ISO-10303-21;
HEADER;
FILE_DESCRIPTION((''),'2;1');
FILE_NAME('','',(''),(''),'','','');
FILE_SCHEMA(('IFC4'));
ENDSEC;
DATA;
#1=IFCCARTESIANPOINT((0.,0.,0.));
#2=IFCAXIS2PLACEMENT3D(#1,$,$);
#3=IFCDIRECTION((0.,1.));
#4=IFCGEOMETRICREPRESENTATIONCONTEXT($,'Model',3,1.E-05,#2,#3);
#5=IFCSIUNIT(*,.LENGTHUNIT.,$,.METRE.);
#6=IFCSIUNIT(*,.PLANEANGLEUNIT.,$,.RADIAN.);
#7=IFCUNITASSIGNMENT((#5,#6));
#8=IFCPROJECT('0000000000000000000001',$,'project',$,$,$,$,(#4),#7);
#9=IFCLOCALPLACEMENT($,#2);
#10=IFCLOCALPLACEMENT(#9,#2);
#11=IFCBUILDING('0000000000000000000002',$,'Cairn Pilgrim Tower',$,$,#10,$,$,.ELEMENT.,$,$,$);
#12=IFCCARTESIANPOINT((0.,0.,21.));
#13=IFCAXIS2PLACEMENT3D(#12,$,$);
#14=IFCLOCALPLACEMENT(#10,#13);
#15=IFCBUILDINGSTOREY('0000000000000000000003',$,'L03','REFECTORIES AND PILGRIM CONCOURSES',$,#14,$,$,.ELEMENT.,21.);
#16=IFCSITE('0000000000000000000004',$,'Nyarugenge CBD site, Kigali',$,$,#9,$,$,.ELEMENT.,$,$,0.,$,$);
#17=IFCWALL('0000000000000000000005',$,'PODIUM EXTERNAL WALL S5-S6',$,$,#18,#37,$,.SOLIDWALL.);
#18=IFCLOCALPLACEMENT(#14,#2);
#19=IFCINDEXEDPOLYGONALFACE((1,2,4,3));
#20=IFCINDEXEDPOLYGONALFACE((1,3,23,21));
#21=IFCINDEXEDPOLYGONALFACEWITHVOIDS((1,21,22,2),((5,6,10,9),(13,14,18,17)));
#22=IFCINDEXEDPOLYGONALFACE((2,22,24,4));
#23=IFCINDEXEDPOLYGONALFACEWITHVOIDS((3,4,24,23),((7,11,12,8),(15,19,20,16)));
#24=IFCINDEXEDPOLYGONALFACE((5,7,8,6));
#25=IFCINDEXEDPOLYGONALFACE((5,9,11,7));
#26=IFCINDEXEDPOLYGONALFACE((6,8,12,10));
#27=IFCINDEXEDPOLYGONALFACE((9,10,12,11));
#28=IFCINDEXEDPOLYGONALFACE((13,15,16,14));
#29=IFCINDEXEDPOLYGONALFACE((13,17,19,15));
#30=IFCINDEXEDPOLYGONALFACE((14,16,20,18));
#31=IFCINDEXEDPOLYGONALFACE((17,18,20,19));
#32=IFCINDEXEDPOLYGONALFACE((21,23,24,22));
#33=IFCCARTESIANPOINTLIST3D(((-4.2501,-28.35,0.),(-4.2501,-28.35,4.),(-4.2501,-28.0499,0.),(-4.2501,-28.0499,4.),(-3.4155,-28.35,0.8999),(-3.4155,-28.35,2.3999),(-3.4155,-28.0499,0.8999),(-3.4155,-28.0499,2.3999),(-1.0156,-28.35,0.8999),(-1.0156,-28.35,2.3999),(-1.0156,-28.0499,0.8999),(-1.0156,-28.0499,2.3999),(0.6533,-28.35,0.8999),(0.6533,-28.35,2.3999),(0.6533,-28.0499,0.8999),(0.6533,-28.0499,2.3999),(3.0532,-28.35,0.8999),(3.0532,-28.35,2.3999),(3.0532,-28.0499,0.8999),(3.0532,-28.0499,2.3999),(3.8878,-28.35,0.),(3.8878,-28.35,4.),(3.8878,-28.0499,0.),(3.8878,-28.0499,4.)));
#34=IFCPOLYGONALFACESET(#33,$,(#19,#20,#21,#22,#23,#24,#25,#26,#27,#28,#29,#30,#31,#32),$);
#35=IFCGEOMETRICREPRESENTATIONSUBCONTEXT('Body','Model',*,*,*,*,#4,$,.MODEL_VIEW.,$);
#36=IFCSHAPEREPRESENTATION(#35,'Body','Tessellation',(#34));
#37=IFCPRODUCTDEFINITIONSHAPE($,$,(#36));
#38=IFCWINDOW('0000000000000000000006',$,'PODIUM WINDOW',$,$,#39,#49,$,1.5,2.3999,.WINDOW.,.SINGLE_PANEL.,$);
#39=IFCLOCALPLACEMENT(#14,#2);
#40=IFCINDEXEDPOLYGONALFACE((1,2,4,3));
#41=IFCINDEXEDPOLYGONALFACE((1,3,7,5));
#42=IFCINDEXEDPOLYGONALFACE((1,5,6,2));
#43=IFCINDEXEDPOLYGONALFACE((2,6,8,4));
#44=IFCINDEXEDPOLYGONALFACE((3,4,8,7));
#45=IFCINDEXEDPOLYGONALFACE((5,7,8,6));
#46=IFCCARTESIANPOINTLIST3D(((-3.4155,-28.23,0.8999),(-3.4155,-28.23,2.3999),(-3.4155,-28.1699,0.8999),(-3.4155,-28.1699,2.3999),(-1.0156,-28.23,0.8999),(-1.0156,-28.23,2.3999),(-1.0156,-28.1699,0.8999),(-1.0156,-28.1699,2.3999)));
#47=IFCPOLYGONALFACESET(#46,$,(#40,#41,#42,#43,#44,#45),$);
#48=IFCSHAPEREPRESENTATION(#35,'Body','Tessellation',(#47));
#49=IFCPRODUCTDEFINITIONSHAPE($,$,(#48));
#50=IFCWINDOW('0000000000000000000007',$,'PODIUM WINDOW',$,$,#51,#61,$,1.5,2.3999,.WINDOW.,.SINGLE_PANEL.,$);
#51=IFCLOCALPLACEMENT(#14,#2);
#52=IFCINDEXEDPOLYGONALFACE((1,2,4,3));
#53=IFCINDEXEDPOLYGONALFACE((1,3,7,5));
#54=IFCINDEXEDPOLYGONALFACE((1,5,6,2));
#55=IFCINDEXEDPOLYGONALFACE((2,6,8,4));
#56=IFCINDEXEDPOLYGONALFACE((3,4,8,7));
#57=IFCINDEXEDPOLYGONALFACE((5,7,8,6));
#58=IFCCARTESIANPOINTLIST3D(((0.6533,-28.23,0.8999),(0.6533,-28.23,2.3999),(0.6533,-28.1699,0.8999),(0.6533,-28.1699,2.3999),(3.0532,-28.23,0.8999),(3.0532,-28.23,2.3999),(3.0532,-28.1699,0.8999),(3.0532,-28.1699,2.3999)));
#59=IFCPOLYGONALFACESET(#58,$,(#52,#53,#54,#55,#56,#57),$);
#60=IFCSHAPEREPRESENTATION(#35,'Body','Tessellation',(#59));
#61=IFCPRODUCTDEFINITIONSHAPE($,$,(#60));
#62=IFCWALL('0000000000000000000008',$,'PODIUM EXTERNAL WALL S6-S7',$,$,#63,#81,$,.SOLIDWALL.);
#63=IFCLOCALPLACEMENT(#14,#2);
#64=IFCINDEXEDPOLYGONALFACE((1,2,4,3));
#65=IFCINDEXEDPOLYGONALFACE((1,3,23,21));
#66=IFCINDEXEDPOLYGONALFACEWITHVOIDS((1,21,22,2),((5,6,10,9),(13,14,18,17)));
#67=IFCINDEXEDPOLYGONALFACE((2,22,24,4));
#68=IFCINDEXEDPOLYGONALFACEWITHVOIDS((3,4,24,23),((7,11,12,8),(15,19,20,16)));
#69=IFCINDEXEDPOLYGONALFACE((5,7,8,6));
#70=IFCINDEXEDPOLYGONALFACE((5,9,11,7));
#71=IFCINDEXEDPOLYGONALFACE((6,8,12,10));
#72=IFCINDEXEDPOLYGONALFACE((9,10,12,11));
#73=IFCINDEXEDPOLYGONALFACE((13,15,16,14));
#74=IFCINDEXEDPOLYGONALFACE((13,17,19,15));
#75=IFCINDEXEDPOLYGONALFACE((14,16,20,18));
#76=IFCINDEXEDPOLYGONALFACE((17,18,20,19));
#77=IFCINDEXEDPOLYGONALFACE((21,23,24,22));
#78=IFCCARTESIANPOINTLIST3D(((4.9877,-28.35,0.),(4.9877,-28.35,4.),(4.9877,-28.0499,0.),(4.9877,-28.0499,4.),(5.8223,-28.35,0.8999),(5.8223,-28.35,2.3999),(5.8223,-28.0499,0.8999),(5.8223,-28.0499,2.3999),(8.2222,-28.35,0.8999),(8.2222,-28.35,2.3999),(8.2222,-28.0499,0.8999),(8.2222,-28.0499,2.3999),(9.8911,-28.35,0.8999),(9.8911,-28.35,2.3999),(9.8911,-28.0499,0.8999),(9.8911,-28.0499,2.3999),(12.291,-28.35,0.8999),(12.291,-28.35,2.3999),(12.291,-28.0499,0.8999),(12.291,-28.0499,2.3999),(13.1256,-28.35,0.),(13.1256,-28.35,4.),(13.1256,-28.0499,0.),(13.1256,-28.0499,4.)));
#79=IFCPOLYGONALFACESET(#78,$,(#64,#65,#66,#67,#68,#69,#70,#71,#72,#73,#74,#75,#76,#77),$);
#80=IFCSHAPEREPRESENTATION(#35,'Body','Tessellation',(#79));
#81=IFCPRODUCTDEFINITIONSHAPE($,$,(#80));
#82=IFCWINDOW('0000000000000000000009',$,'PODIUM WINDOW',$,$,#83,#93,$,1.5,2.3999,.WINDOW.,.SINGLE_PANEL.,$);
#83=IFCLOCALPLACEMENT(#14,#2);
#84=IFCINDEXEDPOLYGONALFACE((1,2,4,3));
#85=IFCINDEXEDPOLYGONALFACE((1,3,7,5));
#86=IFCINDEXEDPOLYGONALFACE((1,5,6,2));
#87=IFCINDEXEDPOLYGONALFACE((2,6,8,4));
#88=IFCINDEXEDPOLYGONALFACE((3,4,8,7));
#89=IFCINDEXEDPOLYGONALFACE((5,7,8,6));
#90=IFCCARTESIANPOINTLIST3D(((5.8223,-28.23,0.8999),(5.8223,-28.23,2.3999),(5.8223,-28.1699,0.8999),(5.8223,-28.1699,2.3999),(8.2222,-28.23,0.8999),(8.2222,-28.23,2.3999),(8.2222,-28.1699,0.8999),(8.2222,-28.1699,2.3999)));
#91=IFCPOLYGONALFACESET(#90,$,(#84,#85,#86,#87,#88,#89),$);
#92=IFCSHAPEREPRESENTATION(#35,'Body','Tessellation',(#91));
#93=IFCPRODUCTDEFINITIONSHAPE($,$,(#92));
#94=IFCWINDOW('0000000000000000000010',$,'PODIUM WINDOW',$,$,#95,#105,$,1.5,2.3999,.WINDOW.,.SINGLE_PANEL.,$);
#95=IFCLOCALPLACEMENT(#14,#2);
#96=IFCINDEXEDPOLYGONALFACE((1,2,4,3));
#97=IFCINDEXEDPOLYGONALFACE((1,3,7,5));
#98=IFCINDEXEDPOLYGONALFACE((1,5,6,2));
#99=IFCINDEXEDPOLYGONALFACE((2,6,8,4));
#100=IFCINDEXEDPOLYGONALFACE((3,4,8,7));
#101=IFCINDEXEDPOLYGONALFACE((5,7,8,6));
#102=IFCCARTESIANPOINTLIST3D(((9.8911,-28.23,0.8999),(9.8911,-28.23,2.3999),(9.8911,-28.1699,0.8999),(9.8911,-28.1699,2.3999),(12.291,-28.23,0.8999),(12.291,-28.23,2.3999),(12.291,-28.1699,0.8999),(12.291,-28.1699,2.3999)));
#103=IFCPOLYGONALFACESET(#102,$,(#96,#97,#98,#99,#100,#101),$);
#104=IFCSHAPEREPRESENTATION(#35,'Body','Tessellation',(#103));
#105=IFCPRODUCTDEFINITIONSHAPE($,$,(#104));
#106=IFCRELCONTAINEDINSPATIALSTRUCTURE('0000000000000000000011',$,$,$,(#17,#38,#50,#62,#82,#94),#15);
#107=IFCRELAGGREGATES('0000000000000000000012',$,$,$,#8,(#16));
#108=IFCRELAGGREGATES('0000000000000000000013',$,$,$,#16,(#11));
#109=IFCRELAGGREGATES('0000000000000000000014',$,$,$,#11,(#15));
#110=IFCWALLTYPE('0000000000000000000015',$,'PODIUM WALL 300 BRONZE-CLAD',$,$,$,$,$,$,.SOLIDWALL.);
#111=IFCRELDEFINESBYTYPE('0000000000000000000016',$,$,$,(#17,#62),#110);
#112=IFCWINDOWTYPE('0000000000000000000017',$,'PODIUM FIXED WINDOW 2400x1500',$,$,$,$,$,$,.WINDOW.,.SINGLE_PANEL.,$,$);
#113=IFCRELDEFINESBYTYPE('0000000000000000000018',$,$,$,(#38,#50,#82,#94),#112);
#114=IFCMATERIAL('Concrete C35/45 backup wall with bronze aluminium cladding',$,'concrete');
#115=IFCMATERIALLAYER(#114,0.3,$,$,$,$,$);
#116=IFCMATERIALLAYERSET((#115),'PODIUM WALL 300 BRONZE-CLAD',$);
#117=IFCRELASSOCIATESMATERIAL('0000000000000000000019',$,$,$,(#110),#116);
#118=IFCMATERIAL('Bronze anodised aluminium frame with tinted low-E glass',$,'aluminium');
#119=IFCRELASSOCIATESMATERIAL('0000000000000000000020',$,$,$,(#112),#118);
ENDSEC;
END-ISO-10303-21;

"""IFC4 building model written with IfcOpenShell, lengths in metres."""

from ifc_helpers import new_model, si_unit, direction, frame, frame_2d, origin, place, context, subcontext, project, spatial, rectangle, extrude, material, layer, layer_set, type_object, element, fill, save


model = new_model("IFC4")

# Units and contexts
model_context = context("Model", 3, precision=1e-05, world=origin(), true_north=direction((0.0, 1.0)))
body_context = subcontext(model_context, "Body", "Model", "MODEL_VIEW")
ifc_project = project(units=[si_unit("LENGTHUNIT", "METRE"), si_unit("PLANEANGLEUNIT", "RADIAN")], contexts=[model_context])

# Site, building, storey
site_placement = place(None, origin())
site = spatial("IfcSite", under=ifc_project, at=site_placement, Name="Nyarugenge CBD site, Kigali", CompositionType="ELEMENT", RefElevation=0.0)
building_placement = place(site_placement, origin())
building = spatial("IfcBuilding", under=site, at=building_placement, Name="Cairn Pilgrim Tower", CompositionType="ELEMENT")
storey_placement = place(building_placement, frame((0.0, 0.0, 21.0)))
storey = spatial("IfcBuildingStorey", under=building, at=storey_placement, Name="L03", Description="REFECTORIES AND PILGRIM CONCOURSES", CompositionType="ELEMENT", Elevation=21.0)

# Walls, openings, windows
ifc_material_1 = material(Name="Concrete C35/45 backup wall with bronze aluminium cladding", Category="concrete")
ifc_layer_1 = layer(ifc_material_1, 0.3)
ifc_layer_set_1 = layer_set([ifc_layer_1], Name="PODIUM WALL 300 BRONZE-CLAD")
wall_type_1 = type_object("IfcWallType", Name="PODIUM WALL 300 BRONZE-CLAD", PredefinedType="SOLIDWALL", material=ifc_layer_set_1)
wall_1_placement = place(storey_placement, frame((-4.25, -28.2, 0.0), z_axis=(0.0, 0.0, 1.0), x_axis=(1.0, 0.0, 0.0)))
wall_1 = element("IfcWall", 1, at=wall_1_placement, inside=storey, type_object=wall_type_1, Name="PODIUM EXTERNAL WALL S5-S6", PredefinedType="SOLIDWALL", context=body_context, shape_type="SweptSolid", body=[
    extrude(rectangle(XDim=8.1379, YDim=0.3, at=frame_2d((4.0688, 0.0))), origin(), (0.0, 0.0, 1.0), 4.0),
])
opening_1_placement = place(wall_1_placement, frame((0.8345, 0.0, 0.8999)))
opening_1 = element("IfcOpeningElement", 2, at=opening_1_placement, cuts=wall_1, PredefinedType="OPENING", context=body_context, shape_type="SweptSolid", body=[
    extrude(rectangle(XDim=2.3999, YDim=1.5, at=frame_2d((1.2, 0.75))), frame((0.0, 0.1602, 0.0), z_axis=(0.0, -1.0, 0.0), x_axis=(1.0, 0.0, 0.0)), (0.0, 0.0, 1.0), 0.3201),
])
opening_2_placement = place(wall_1_placement, frame((4.9033, 0.0, 0.8999)))
opening_2 = element("IfcOpeningElement", 3, at=opening_2_placement, cuts=wall_1, PredefinedType="OPENING", context=body_context, shape_type="SweptSolid", body=[
    extrude(rectangle(XDim=2.3999, YDim=1.5, at=frame_2d((1.2, 0.75))), frame((0.0, 0.1602, 0.0), z_axis=(0.0, -1.0, 0.0), x_axis=(1.0, 0.0, 0.0)), (0.0, 0.0, 1.0), 0.3201),
])
ifc_material_2 = material(Name="Bronze anodised aluminium frame with tinted low-E glass", Category="aluminium")
window_type = type_object("IfcWindowType", Name="PODIUM FIXED WINDOW 2400x1500", PartitioningType="SINGLE_PANEL", PredefinedType="WINDOW", material=ifc_material_2)
window_1_placement = place(opening_1_placement, origin())
window_1 = element("IfcWindow", 4, at=window_1_placement, inside=storey, type_object=window_type, Name="PODIUM WINDOW", OverallHeight=1.5, OverallWidth=2.3999, PartitioningType="SINGLE_PANEL", PredefinedType="WINDOW", context=body_context, shape_type="SweptSolid", body=[
    extrude(rectangle(XDim=2.3999, YDim=1.5, at=frame_2d((1.2, 0.75))), frame((0.0, 0.03, 0.0), z_axis=(0.0, -1.0, 0.0), x_axis=(1.0, 0.0, 0.0)), (0.0, 0.0, 1.0), 0.0601),
])
fill(opening_1, window_1)
window_2_placement = place(opening_2_placement, origin())
window_2 = element("IfcWindow", 5, at=window_2_placement, inside=storey, type_object=window_type, Name="PODIUM WINDOW", OverallHeight=1.5, OverallWidth=2.3999, PartitioningType="SINGLE_PANEL", PredefinedType="WINDOW", context=body_context, shape_type="SweptSolid", body=[
    extrude(rectangle(XDim=2.3999, YDim=1.5, at=frame_2d((1.2, 0.75))), frame((0.0, 0.03, 0.0), z_axis=(0.0, -1.0, 0.0), x_axis=(1.0, 0.0, 0.0)), (0.0, 0.0, 1.0), 0.0601),
])
fill(opening_2, window_2)
wall_2_placement = place(storey_placement, frame((4.9878, -28.2, 0.0), z_axis=(0.0, 0.0, 1.0), x_axis=(1.0, 0.0, 0.0)))
wall_2 = element("IfcWall", 6, at=wall_2_placement, inside=storey, type_object=wall_type_1, Name="PODIUM EXTERNAL WALL S6-S7", PredefinedType="SOLIDWALL", context=body_context, shape_type="SweptSolid", body=[
    extrude(rectangle(XDim=8.1379, YDim=0.3, at=frame_2d((4.0688, 0.0))), origin(), (0.0, 0.0, 1.0), 4.0),
])
opening_3_placement = place(wall_2_placement, frame((0.8345, 0.0, 0.8999)))
opening_3 = element("IfcOpeningElement", 7, at=opening_3_placement, cuts=wall_2, PredefinedType="OPENING", context=body_context, shape_type="SweptSolid", body=[
    extrude(rectangle(XDim=2.3999, YDim=1.5, at=frame_2d((1.2, 0.75))), frame((0.0, 0.1602, 0.0), z_axis=(0.0, -1.0, 0.0), x_axis=(1.0, 0.0, 0.0)), (0.0, 0.0, 1.0), 0.3201),
])
opening_4_placement = place(wall_2_placement, frame((4.9033, 0.0, 0.8999)))
opening_4 = element("IfcOpeningElement", 8, at=opening_4_placement, cuts=wall_2, PredefinedType="OPENING", context=body_context, shape_type="SweptSolid", body=[
    extrude(rectangle(XDim=2.3999, YDim=1.5, at=frame_2d((1.2, 0.75))), frame((0.0, 0.1602, 0.0), z_axis=(0.0, -1.0, 0.0), x_axis=(1.0, 0.0, 0.0)), (0.0, 0.0, 1.0), 0.3201),
])
window_3_placement = place(opening_3_placement, origin())
window_3 = element("IfcWindow", 9, at=window_3_placement, inside=storey, type_object=window_type, Name="PODIUM WINDOW", OverallHeight=1.5, OverallWidth=2.3999, PartitioningType="SINGLE_PANEL", PredefinedType="WINDOW", context=body_context, shape_type="SweptSolid", body=[
    extrude(rectangle(XDim=2.3999, YDim=1.5, at=frame_2d((1.2, 0.75))), frame((0.0, 0.03, 0.0), z_axis=(0.0, -1.0, 0.0), x_axis=(1.0, 0.0, 0.0)), (0.0, 0.0, 1.0), 0.0601),
])
fill(opening_3, window_3)
window_4_placement = place(opening_4_placement, origin())
window_4 = element("IfcWindow", 10, at=window_4_placement, inside=storey, type_object=window_type, Name="PODIUM WINDOW", OverallHeight=1.5, OverallWidth=2.3999, PartitioningType="SINGLE_PANEL", PredefinedType="WINDOW", context=body_context, shape_type="SweptSolid", body=[
    extrude(rectangle(XDim=2.3999, YDim=1.5, at=frame_2d((1.2, 0.75))), frame((0.0, 0.03, 0.0), z_axis=(0.0, -1.0, 0.0), x_axis=(1.0, 0.0, 0.0)), (0.0, 0.0, 1.0), 0.0601),
])
fill(opening_4, window_4)

save(model, "model.ifc")
